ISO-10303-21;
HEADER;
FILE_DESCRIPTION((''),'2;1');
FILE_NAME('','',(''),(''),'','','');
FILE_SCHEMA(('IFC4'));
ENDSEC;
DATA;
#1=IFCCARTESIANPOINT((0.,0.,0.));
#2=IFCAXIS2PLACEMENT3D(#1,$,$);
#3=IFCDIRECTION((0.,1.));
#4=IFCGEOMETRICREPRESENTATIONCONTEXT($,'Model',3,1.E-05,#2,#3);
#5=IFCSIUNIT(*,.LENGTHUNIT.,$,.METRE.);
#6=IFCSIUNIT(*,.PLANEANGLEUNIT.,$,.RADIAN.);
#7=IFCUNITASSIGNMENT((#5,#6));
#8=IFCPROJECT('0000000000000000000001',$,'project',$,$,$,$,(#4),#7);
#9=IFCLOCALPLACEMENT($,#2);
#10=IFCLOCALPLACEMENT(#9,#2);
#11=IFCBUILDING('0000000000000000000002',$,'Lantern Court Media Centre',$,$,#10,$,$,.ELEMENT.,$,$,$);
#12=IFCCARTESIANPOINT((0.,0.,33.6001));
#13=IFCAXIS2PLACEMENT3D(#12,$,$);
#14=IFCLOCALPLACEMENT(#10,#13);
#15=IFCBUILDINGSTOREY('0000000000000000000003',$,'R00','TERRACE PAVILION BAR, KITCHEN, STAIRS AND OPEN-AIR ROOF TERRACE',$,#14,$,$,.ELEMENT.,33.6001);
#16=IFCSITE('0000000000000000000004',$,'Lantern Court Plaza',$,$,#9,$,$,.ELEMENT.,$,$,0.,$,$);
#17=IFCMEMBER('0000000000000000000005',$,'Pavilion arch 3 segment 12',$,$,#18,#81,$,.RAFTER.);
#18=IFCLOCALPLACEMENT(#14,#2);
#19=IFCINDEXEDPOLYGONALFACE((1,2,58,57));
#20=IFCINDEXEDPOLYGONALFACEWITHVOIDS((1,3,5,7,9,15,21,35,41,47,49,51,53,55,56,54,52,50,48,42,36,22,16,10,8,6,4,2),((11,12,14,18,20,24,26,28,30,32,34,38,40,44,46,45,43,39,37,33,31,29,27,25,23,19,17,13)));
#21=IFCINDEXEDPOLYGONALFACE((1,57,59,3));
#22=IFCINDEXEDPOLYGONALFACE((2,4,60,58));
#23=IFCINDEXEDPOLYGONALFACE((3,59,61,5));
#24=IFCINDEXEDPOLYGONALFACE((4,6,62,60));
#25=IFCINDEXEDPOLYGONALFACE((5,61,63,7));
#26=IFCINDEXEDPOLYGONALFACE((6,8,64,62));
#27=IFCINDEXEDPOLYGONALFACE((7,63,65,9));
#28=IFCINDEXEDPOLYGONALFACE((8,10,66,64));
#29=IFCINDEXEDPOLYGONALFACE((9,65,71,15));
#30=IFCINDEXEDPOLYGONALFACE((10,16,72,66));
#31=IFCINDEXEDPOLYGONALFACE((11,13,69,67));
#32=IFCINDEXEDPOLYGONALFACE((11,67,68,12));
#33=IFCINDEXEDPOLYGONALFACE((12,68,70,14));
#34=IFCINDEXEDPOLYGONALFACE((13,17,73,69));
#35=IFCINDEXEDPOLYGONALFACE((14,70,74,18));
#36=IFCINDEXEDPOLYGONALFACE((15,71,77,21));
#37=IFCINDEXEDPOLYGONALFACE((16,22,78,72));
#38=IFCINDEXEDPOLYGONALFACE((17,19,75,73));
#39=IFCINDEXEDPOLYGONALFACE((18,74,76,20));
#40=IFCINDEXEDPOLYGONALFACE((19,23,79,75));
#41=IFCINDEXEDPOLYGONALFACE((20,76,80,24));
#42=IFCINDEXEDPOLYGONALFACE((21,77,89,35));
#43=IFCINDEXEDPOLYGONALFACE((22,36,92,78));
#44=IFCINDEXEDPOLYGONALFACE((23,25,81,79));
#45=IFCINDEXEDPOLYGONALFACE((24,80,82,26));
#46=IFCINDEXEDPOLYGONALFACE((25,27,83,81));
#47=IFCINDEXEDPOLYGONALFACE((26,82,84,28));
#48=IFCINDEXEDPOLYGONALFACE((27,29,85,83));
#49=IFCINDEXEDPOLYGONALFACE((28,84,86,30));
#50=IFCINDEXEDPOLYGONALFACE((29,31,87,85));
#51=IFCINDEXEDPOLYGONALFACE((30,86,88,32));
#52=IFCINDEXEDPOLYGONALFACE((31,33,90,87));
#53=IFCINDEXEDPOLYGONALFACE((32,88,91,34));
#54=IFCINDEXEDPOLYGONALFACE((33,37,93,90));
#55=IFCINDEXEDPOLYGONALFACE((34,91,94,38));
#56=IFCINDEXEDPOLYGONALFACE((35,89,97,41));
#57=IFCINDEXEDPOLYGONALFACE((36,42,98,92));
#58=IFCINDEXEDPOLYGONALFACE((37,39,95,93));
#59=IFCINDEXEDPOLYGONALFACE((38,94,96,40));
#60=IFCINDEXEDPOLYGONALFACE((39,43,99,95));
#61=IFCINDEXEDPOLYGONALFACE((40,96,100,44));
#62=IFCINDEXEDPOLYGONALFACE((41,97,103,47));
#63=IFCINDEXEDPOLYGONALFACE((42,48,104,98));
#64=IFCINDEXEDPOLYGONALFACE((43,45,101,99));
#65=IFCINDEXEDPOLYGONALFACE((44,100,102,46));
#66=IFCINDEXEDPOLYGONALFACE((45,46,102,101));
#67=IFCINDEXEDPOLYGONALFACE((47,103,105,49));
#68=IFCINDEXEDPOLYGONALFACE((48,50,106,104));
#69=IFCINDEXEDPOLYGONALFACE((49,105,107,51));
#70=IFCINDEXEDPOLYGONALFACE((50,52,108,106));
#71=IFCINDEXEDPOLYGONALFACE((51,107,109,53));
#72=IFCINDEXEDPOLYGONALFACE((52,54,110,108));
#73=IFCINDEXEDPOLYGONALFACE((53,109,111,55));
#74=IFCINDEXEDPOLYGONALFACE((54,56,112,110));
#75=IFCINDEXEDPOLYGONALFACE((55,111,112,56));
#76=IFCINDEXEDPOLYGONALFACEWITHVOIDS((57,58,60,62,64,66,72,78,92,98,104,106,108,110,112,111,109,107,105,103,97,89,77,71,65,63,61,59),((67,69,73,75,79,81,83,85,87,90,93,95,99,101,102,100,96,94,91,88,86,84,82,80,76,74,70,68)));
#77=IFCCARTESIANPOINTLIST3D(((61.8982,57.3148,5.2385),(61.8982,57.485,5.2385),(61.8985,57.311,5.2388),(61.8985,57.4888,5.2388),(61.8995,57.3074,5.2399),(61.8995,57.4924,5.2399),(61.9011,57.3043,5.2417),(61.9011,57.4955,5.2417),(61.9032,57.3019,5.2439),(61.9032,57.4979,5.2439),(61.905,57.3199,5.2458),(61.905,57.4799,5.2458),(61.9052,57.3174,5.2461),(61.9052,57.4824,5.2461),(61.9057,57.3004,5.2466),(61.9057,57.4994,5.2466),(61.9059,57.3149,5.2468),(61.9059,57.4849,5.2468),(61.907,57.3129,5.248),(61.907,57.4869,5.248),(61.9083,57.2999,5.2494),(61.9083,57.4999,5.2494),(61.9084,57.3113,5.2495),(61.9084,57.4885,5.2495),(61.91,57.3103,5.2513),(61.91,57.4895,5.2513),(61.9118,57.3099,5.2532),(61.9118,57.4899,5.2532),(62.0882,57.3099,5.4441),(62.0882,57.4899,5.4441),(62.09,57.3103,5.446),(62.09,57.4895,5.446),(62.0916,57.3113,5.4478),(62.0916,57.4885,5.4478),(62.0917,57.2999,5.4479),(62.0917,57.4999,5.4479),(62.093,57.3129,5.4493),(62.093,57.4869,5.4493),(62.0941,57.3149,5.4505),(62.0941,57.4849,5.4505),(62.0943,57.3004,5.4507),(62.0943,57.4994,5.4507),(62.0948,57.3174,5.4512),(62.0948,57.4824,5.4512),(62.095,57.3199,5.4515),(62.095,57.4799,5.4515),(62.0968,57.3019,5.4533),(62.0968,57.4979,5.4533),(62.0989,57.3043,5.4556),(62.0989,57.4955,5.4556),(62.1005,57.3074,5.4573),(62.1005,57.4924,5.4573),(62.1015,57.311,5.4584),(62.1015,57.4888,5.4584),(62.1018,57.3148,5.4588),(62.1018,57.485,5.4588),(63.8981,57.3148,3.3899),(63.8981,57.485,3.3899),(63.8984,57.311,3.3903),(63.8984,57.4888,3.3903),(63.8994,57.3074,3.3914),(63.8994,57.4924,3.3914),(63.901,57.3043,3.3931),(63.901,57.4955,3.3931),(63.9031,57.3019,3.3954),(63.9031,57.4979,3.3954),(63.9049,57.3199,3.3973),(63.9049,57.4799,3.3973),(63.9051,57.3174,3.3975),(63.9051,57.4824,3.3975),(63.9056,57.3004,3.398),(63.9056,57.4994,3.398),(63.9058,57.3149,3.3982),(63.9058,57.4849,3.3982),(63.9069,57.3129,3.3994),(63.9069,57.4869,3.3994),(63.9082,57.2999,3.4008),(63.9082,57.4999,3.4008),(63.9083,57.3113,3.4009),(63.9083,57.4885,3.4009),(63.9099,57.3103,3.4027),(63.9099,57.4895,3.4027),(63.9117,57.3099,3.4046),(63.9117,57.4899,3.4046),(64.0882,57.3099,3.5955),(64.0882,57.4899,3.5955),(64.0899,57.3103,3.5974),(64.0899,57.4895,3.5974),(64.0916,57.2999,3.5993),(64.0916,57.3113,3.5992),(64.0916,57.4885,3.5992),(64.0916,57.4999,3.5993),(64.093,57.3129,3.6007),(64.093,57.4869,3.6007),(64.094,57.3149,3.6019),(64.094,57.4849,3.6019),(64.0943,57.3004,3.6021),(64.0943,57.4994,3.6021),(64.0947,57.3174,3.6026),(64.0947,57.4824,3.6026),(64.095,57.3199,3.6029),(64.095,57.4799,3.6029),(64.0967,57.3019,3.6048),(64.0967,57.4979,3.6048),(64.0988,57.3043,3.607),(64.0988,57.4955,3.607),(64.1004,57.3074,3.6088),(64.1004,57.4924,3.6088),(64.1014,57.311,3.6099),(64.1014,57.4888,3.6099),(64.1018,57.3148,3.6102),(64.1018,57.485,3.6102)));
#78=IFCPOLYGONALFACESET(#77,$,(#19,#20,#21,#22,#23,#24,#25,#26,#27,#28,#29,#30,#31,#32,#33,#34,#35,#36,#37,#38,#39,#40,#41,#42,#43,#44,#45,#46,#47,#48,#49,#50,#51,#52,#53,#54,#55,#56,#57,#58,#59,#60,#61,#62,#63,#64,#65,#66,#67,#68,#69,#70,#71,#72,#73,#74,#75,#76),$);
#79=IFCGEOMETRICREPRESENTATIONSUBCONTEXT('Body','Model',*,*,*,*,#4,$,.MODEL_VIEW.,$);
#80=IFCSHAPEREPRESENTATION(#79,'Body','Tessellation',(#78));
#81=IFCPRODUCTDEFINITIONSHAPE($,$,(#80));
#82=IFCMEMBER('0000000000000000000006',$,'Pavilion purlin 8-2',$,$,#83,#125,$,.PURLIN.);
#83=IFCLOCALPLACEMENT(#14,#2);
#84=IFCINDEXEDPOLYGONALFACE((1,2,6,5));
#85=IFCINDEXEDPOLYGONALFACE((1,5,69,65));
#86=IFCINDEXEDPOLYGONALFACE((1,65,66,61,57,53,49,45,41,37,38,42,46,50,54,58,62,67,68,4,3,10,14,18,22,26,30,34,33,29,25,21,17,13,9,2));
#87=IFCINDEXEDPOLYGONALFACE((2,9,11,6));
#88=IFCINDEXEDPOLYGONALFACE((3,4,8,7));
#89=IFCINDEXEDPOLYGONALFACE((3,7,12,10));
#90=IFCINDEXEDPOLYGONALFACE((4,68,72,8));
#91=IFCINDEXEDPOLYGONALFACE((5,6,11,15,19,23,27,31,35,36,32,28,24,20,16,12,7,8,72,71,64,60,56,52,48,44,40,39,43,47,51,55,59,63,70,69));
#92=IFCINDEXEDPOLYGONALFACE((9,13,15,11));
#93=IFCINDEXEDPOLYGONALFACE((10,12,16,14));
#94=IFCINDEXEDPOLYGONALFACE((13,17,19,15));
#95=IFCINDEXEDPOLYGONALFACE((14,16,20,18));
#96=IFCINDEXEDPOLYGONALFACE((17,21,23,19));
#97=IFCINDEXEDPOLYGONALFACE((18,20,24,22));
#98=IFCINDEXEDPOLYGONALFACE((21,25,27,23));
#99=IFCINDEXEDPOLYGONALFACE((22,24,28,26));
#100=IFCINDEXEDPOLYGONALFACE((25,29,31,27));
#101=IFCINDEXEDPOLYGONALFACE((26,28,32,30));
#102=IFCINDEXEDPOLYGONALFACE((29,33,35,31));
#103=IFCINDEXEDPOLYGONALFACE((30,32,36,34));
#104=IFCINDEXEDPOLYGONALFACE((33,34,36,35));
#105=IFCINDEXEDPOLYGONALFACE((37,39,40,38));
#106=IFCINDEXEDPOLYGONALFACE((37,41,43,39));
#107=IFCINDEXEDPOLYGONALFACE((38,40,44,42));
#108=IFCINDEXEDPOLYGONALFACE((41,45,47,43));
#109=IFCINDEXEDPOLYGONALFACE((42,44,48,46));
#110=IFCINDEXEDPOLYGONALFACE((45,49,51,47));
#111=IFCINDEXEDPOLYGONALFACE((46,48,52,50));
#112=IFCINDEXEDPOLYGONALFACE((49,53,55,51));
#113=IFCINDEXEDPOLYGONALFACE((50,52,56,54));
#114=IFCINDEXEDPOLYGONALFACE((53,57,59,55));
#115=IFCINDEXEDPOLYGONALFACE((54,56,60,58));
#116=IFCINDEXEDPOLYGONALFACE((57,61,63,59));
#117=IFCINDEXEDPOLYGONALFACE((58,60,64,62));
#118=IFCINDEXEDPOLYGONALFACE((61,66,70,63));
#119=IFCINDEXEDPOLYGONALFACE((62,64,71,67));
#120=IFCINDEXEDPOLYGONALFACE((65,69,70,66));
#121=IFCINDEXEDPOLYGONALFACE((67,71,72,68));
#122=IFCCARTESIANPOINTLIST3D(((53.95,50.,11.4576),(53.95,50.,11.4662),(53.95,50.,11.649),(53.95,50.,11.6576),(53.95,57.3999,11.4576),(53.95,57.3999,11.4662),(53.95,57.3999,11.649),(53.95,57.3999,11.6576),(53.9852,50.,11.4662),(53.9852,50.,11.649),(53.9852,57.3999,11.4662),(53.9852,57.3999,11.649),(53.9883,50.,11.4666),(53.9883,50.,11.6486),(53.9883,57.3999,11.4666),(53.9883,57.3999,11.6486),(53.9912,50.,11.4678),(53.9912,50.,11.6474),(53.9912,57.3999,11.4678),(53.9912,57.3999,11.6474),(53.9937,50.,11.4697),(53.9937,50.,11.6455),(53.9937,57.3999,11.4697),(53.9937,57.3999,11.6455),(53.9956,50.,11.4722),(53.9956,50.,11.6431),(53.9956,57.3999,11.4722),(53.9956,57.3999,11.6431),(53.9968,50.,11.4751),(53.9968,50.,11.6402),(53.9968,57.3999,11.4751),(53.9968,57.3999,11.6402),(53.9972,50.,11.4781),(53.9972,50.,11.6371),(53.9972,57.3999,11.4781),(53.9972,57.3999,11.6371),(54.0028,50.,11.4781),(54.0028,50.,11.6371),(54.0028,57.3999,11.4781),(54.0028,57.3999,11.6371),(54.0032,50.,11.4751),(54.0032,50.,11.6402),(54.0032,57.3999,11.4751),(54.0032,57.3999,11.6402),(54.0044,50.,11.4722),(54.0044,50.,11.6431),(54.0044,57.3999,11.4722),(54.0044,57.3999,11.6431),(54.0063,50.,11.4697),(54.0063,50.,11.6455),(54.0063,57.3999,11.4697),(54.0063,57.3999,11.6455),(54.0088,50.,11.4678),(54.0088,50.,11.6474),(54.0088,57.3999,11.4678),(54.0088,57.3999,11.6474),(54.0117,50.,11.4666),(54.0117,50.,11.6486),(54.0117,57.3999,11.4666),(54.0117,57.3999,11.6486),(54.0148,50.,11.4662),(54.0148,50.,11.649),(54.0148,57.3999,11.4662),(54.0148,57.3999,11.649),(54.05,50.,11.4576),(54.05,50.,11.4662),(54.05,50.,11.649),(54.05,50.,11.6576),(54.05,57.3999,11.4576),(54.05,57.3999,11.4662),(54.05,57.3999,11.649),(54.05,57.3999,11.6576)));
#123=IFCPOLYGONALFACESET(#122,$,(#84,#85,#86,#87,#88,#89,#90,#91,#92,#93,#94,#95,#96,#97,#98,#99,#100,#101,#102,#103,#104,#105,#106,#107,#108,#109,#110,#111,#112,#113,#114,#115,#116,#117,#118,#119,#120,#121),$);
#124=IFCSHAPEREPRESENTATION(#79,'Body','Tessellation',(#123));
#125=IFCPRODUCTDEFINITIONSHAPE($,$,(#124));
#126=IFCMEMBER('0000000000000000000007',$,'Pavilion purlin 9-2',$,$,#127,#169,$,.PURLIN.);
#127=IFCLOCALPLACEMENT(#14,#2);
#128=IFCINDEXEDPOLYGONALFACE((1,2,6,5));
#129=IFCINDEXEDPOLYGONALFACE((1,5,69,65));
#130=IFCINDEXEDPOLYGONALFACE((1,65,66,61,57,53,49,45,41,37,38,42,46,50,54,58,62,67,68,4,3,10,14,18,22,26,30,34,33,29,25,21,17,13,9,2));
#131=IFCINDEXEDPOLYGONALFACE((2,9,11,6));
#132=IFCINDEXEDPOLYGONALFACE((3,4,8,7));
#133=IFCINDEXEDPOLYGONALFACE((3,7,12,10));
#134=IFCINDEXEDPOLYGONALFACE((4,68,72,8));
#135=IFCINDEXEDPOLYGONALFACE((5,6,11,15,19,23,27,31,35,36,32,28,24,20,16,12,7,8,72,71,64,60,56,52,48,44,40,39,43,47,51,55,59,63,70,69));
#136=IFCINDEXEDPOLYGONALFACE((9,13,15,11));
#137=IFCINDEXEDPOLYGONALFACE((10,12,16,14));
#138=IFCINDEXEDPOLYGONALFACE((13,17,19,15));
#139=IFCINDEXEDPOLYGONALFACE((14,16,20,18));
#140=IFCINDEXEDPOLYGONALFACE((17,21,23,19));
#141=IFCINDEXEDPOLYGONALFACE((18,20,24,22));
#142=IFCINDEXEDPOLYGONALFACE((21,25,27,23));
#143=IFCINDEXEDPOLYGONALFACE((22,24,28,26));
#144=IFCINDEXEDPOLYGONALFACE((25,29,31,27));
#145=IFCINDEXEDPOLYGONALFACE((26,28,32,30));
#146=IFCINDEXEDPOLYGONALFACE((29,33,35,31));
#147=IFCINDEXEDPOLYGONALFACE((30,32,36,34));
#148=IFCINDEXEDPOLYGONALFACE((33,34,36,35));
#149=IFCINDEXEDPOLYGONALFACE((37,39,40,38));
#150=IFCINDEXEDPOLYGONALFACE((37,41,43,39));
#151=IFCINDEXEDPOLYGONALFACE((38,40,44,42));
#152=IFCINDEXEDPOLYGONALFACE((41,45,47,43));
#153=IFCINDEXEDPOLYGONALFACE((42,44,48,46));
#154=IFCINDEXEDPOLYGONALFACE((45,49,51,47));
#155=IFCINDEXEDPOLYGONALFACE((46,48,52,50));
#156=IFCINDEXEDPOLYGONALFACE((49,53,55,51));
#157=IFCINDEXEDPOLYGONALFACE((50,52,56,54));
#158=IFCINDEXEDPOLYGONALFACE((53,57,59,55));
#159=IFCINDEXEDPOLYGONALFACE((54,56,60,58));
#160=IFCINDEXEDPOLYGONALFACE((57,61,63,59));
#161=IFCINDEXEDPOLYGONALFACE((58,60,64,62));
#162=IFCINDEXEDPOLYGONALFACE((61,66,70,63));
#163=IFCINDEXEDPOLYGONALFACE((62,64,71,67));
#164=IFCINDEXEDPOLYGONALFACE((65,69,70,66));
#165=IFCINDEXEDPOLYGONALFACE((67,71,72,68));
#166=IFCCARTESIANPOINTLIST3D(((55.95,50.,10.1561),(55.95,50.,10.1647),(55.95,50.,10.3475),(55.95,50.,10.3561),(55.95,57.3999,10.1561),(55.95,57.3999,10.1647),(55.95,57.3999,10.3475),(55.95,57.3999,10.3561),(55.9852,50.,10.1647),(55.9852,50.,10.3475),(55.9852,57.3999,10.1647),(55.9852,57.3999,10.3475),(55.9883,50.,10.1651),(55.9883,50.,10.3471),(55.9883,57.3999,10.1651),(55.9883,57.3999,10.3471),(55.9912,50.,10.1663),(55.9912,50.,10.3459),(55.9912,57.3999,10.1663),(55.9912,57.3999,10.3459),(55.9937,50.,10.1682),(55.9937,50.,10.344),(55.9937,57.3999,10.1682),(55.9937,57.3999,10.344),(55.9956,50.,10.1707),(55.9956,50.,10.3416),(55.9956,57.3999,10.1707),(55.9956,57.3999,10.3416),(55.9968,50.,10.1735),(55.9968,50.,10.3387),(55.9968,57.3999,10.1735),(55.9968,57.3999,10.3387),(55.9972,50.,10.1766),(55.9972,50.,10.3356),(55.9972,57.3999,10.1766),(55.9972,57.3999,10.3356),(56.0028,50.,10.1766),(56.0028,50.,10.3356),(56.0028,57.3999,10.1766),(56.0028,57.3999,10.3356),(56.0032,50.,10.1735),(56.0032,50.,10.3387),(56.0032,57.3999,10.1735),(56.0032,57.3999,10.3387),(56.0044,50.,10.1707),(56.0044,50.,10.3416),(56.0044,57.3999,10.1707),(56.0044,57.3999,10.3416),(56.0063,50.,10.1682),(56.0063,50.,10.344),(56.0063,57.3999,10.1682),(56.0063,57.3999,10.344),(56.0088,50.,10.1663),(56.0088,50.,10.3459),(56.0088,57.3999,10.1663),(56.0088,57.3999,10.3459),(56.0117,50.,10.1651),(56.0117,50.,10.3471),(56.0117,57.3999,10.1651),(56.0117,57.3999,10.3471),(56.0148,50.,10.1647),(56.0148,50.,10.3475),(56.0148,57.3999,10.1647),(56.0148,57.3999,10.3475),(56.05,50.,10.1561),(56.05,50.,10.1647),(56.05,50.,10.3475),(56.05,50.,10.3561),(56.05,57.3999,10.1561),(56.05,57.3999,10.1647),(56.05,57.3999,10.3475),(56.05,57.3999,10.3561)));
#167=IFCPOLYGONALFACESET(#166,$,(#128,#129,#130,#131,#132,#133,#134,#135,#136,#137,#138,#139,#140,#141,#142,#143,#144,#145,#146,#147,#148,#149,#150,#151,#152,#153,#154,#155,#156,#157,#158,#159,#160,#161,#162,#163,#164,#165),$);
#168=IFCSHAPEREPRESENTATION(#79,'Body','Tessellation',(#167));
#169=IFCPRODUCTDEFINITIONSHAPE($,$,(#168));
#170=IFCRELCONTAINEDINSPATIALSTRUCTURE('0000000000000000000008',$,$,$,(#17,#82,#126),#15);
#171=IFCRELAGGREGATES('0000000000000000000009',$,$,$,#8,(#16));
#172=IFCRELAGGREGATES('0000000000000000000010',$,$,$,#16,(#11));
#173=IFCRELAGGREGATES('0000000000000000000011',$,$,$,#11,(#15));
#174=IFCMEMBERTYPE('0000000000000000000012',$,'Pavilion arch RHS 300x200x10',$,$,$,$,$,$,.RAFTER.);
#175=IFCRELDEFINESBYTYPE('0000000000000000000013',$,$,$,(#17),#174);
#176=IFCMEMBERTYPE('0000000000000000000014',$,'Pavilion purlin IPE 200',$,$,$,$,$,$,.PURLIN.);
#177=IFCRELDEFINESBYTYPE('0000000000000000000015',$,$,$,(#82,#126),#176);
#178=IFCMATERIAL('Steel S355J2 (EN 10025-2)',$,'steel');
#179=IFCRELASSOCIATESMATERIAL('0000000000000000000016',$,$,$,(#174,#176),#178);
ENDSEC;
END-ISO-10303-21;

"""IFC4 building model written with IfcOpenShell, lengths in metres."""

from ifc_helpers import new_model, si_unit, direction, frame, origin, origin_2d, place, context, subcontext, project, spatial, hollow_rectangle, i_section, extrude, material, material_profile, profile_set, type_object, element, save


model = new_model("IFC4")

# Units and contexts
model_context = context("Model", 3, precision=1e-05, world=origin(), true_north=direction((0.0, 1.0)))
body_context = subcontext(model_context, "Body", "Model", "MODEL_VIEW")
ifc_project = project(units=[si_unit("LENGTHUNIT", "METRE"), si_unit("PLANEANGLEUNIT", "RADIAN")], contexts=[model_context])

# Site, building, storey
site_placement = place(None, origin())
site = spatial("IfcSite", under=ifc_project, at=site_placement, Name="Lantern Court Plaza", CompositionType="ELEMENT", RefElevation=0.0)
building_placement = place(site_placement, origin())
building = spatial("IfcBuilding", under=site, at=building_placement, Name="Lantern Court Media Centre", CompositionType="ELEMENT")
storey_placement = place(building_placement, frame((0.0, 0.0, 33.6001)))
storey = spatial("IfcBuildingStorey", under=building, at=storey_placement, Name="R00", Description="TERRACE PAVILION BAR, KITCHEN, STAIRS AND OPEN-AIR ROOF TERRACE", CompositionType="ELEMENT", Elevation=33.6001)

# Members
ifc_material_1 = material(Name="Steel S355J2 (EN 10025-2)", Category="steel")
ifc_material_profile_1 = material_profile(ifc_material_1, hollow_rectangle(XDim=0.2, YDim=0.3, WallThickness=0.01, InnerFilletRadius=0.01, OuterFilletRadius=0.0149, at=origin_2d()), Name="Pavilion arch RHS 300x200x10")
ifc_profile_set_1 = profile_set([ifc_material_profile_1], Name="Steel S355J2 (EN 10025-2)")
member_type_1 = type_object("IfcMemberType", Name="Pavilion arch RHS 300x200x10", PredefinedType="RAFTER", material=ifc_profile_set_1)
member_1_placement = place(storey_placement, frame((62.0, 57.3999, 5.3486), z_axis=(0.73435, 0.0, -0.678771), x_axis=(0.0, 1.0, 0.0)))
element("IfcMember", 1, at=member_1_placement, inside=storey, type_object=member_type_1, Name="Pavilion arch 3 segment 12", PredefinedType="RAFTER", context=body_context, shape_type="SweptSolid", body=[
    extrude(hollow_rectangle(XDim=0.2, YDim=0.3, WallThickness=0.01, InnerFilletRadius=0.01, OuterFilletRadius=0.0149, at=origin_2d()), origin(), (0.0, 0.0, 1.0), 2.7234),
])
ifc_material_profile_2 = material_profile(ifc_material_1, i_section(OverallWidth=0.1001, OverallDepth=0.2, WebThickness=0.0056, FlangeThickness=0.0085, FilletRadius=0.012, at=origin_2d()), Name="IPE 200")
ifc_profile_set_2 = profile_set([ifc_material_profile_2], Name="Steel S355J2 (EN 10025-2)")
member_type_2 = type_object("IfcMemberType", Name="Pavilion purlin IPE 200", PredefinedType="PURLIN", material=ifc_profile_set_2)
for number, where, z_axis, x_axis, name in (
    (2, (54.0, 50.0, 11.5576), (0.0, 1.0, 0.0), (-1.0, 0.0, 0.0), "Pavilion purlin 8-2"),
    (3, (56.0, 50.0, 10.2561), (0.0, 1.0, 0.0), (-1.0, 0.0, 0.0), "Pavilion purlin 9-2"),
):
    element("IfcMember", number, at=place(storey_placement, frame(where, z_axis=z_axis, x_axis=x_axis)), inside=storey, type_object=member_type_2, Name=name, PredefinedType="PURLIN", context=body_context, shape_type="SweptSolid", body=[
        extrude(i_section(OverallWidth=0.1001, OverallDepth=0.2, WebThickness=0.0056, FlangeThickness=0.0085, FilletRadius=0.012, at=origin_2d()), origin(), (0.0, 0.0, 1.0), 7.3999),
    ])

save(model, "model.ifc")
